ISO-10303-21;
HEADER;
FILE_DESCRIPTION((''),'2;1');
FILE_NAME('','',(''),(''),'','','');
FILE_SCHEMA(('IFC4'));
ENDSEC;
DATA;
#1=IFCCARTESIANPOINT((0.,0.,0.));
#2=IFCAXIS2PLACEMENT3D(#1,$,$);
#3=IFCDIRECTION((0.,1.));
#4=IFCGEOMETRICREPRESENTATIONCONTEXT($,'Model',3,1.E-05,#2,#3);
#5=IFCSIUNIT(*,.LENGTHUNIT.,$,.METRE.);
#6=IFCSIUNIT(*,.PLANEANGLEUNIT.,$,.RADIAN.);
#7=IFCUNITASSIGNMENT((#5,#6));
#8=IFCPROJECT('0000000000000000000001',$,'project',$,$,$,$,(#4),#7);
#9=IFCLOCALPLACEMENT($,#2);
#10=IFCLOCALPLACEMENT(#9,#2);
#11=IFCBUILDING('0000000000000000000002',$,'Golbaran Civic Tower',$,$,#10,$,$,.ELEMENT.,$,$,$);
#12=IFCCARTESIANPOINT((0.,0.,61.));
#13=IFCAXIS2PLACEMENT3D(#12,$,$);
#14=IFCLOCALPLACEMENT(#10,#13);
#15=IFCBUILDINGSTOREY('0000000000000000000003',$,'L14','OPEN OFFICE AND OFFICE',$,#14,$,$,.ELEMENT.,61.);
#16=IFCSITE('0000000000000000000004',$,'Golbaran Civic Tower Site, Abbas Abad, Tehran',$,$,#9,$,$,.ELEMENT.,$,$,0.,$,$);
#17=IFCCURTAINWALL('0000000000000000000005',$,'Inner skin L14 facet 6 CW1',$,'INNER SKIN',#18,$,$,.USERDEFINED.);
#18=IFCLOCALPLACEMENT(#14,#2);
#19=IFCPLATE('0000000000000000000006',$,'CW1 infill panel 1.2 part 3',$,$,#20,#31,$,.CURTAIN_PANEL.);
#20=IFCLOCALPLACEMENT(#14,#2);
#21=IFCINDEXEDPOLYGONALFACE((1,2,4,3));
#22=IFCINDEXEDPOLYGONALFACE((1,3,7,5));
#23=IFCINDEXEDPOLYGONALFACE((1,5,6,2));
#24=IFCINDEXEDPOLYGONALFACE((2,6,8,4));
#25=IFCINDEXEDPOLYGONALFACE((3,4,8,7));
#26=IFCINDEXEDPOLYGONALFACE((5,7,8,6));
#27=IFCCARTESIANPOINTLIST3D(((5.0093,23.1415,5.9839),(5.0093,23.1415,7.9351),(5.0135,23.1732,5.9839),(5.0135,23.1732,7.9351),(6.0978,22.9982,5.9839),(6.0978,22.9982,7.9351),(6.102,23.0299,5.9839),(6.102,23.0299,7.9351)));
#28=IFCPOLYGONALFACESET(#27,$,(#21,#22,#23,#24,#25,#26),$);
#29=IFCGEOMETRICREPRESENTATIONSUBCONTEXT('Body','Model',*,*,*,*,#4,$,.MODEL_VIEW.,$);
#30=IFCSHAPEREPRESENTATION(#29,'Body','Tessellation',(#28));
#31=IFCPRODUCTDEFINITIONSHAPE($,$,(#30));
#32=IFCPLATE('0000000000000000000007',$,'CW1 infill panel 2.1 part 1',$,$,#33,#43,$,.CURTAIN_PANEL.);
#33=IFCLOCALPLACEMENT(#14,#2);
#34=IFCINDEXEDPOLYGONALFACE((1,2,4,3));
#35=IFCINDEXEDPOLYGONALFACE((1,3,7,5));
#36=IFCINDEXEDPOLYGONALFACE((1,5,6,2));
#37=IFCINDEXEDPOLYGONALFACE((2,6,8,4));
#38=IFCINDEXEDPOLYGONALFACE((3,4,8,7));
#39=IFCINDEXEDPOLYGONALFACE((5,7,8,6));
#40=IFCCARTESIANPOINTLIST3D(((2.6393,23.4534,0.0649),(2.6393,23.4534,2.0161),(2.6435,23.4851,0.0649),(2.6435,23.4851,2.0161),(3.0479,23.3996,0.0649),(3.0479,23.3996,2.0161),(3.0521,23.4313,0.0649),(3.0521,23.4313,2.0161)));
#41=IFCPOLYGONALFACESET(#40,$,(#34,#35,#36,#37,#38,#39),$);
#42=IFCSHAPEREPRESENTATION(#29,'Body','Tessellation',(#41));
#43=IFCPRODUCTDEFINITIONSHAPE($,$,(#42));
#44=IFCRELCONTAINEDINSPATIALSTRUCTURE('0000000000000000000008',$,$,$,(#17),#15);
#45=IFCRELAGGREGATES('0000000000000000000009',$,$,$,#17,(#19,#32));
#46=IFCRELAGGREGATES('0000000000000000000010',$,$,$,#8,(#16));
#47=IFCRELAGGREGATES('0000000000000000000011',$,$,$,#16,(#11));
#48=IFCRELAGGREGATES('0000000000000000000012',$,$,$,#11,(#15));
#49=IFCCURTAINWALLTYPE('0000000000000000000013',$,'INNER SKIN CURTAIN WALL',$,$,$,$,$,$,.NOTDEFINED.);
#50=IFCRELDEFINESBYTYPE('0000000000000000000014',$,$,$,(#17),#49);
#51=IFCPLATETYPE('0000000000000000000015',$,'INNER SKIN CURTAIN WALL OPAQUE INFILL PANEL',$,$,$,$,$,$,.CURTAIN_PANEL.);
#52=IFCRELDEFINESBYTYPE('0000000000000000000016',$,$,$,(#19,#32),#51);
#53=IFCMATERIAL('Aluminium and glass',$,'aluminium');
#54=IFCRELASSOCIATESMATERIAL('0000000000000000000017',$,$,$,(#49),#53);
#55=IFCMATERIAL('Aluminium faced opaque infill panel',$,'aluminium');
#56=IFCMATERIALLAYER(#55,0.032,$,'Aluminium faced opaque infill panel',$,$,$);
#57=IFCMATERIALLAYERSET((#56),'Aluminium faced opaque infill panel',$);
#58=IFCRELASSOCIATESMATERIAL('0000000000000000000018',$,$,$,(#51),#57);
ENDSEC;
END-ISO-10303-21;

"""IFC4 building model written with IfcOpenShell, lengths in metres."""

from ifc_helpers import new_model, si_unit, direction, frame, origin, origin_2d, place, context, subcontext, project, spatial, rectangle, extrude, material, layer, layer_set, type_object, element, aggregate, save


model = new_model("IFC4")

# Units and contexts
model_context = context("Model", 3, precision=1e-05, world=origin(), true_north=direction((0.0, 1.0)))
body_context = subcontext(model_context, "Body", "Model", "MODEL_VIEW")
ifc_project = project(units=[si_unit("LENGTHUNIT", "METRE"), si_unit("PLANEANGLEUNIT", "RADIAN")], contexts=[model_context])

# Site, building, storey
site_placement = place(None, origin())
site = spatial("IfcSite", under=ifc_project, at=site_placement, Name="Golbaran Civic Tower Site, Abbas Abad, Tehran", CompositionType="ELEMENT", RefElevation=0.0)
building_placement = place(site_placement, origin())
building = spatial("IfcBuilding", under=site, at=building_placement, Name="Golbaran Civic Tower", CompositionType="ELEMENT")
storey_placement = place(building_placement, frame((0.0, 0.0, 61.0)))
storey = spatial("IfcBuildingStorey", under=building, at=storey_placement, Name="L14", Description="OPEN OFFICE AND OFFICE", CompositionType="ELEMENT", Elevation=61.0)

# Curtain wall
ifc_material_1 = material(Name="Aluminium and glass", Category="aluminium")
curtain_wall_type = type_object("IfcCurtainWallType", Name="INNER SKIN CURTAIN WALL", PredefinedType="NOTDEFINED", material=ifc_material_1)
curtain_wall_1_placement = place(storey_placement, origin())
curtain_wall_1 = element("IfcCurtainWall", 1, at=curtain_wall_1_placement, inside=storey, type_object=curtain_wall_type, Name="Inner skin L14 facet 6 CW1", ObjectType="INNER SKIN", PredefinedType="USERDEFINED")

# Plates
ifc_material_2 = material(Name="Aluminium faced opaque infill panel", Category="aluminium")
ifc_layer_1 = layer(ifc_material_2, 0.032, Name="Aluminium faced opaque infill panel")
ifc_layer_set_1 = layer_set([ifc_layer_1], Name="Aluminium faced opaque infill panel")
plate_type_1 = type_object("IfcPlateType", Name="INNER SKIN CURTAIN WALL OPAQUE INFILL PANEL", PredefinedType="CURTAIN_PANEL", material=ifc_layer_set_1)
plate_1_placement = place(storey_placement, frame((5.5557, 23.0857, 5.9839), z_axis=(0.0, 0.0, 1.0), x_axis=(-0.991445, 0.130526, 0.0)))
plate_1 = element("IfcPlate", 2, at=plate_1_placement, type_object=plate_type_1, Name="CW1 infill panel 1.2 part 3", PredefinedType="CURTAIN_PANEL", context=body_context, shape_type="SweptSolid", body=[
    extrude(rectangle(XDim=1.0979, YDim=0.032, at=origin_2d()), origin(), (0.0, 0.0, 1.0), 1.9512),
])
plate_2_placement = place(storey_placement, frame((2.8457, 23.4424, 0.0649), z_axis=(0.0, 0.0, 1.0), x_axis=(-0.991445, 0.130526, 0.0)))
plate_2 = element("IfcPlate", 3, at=plate_2_placement, type_object=plate_type_1, Name="CW1 infill panel 2.1 part 1", PredefinedType="CURTAIN_PANEL", context=body_context, shape_type="SweptSolid", body=[
    extrude(rectangle(XDim=0.4121, YDim=0.032, at=origin_2d()), origin(), (0.0, 0.0, 1.0), 1.9512),
])
aggregate(curtain_wall_1, [plate_1, plate_2])

save(model, "model.ifc")
